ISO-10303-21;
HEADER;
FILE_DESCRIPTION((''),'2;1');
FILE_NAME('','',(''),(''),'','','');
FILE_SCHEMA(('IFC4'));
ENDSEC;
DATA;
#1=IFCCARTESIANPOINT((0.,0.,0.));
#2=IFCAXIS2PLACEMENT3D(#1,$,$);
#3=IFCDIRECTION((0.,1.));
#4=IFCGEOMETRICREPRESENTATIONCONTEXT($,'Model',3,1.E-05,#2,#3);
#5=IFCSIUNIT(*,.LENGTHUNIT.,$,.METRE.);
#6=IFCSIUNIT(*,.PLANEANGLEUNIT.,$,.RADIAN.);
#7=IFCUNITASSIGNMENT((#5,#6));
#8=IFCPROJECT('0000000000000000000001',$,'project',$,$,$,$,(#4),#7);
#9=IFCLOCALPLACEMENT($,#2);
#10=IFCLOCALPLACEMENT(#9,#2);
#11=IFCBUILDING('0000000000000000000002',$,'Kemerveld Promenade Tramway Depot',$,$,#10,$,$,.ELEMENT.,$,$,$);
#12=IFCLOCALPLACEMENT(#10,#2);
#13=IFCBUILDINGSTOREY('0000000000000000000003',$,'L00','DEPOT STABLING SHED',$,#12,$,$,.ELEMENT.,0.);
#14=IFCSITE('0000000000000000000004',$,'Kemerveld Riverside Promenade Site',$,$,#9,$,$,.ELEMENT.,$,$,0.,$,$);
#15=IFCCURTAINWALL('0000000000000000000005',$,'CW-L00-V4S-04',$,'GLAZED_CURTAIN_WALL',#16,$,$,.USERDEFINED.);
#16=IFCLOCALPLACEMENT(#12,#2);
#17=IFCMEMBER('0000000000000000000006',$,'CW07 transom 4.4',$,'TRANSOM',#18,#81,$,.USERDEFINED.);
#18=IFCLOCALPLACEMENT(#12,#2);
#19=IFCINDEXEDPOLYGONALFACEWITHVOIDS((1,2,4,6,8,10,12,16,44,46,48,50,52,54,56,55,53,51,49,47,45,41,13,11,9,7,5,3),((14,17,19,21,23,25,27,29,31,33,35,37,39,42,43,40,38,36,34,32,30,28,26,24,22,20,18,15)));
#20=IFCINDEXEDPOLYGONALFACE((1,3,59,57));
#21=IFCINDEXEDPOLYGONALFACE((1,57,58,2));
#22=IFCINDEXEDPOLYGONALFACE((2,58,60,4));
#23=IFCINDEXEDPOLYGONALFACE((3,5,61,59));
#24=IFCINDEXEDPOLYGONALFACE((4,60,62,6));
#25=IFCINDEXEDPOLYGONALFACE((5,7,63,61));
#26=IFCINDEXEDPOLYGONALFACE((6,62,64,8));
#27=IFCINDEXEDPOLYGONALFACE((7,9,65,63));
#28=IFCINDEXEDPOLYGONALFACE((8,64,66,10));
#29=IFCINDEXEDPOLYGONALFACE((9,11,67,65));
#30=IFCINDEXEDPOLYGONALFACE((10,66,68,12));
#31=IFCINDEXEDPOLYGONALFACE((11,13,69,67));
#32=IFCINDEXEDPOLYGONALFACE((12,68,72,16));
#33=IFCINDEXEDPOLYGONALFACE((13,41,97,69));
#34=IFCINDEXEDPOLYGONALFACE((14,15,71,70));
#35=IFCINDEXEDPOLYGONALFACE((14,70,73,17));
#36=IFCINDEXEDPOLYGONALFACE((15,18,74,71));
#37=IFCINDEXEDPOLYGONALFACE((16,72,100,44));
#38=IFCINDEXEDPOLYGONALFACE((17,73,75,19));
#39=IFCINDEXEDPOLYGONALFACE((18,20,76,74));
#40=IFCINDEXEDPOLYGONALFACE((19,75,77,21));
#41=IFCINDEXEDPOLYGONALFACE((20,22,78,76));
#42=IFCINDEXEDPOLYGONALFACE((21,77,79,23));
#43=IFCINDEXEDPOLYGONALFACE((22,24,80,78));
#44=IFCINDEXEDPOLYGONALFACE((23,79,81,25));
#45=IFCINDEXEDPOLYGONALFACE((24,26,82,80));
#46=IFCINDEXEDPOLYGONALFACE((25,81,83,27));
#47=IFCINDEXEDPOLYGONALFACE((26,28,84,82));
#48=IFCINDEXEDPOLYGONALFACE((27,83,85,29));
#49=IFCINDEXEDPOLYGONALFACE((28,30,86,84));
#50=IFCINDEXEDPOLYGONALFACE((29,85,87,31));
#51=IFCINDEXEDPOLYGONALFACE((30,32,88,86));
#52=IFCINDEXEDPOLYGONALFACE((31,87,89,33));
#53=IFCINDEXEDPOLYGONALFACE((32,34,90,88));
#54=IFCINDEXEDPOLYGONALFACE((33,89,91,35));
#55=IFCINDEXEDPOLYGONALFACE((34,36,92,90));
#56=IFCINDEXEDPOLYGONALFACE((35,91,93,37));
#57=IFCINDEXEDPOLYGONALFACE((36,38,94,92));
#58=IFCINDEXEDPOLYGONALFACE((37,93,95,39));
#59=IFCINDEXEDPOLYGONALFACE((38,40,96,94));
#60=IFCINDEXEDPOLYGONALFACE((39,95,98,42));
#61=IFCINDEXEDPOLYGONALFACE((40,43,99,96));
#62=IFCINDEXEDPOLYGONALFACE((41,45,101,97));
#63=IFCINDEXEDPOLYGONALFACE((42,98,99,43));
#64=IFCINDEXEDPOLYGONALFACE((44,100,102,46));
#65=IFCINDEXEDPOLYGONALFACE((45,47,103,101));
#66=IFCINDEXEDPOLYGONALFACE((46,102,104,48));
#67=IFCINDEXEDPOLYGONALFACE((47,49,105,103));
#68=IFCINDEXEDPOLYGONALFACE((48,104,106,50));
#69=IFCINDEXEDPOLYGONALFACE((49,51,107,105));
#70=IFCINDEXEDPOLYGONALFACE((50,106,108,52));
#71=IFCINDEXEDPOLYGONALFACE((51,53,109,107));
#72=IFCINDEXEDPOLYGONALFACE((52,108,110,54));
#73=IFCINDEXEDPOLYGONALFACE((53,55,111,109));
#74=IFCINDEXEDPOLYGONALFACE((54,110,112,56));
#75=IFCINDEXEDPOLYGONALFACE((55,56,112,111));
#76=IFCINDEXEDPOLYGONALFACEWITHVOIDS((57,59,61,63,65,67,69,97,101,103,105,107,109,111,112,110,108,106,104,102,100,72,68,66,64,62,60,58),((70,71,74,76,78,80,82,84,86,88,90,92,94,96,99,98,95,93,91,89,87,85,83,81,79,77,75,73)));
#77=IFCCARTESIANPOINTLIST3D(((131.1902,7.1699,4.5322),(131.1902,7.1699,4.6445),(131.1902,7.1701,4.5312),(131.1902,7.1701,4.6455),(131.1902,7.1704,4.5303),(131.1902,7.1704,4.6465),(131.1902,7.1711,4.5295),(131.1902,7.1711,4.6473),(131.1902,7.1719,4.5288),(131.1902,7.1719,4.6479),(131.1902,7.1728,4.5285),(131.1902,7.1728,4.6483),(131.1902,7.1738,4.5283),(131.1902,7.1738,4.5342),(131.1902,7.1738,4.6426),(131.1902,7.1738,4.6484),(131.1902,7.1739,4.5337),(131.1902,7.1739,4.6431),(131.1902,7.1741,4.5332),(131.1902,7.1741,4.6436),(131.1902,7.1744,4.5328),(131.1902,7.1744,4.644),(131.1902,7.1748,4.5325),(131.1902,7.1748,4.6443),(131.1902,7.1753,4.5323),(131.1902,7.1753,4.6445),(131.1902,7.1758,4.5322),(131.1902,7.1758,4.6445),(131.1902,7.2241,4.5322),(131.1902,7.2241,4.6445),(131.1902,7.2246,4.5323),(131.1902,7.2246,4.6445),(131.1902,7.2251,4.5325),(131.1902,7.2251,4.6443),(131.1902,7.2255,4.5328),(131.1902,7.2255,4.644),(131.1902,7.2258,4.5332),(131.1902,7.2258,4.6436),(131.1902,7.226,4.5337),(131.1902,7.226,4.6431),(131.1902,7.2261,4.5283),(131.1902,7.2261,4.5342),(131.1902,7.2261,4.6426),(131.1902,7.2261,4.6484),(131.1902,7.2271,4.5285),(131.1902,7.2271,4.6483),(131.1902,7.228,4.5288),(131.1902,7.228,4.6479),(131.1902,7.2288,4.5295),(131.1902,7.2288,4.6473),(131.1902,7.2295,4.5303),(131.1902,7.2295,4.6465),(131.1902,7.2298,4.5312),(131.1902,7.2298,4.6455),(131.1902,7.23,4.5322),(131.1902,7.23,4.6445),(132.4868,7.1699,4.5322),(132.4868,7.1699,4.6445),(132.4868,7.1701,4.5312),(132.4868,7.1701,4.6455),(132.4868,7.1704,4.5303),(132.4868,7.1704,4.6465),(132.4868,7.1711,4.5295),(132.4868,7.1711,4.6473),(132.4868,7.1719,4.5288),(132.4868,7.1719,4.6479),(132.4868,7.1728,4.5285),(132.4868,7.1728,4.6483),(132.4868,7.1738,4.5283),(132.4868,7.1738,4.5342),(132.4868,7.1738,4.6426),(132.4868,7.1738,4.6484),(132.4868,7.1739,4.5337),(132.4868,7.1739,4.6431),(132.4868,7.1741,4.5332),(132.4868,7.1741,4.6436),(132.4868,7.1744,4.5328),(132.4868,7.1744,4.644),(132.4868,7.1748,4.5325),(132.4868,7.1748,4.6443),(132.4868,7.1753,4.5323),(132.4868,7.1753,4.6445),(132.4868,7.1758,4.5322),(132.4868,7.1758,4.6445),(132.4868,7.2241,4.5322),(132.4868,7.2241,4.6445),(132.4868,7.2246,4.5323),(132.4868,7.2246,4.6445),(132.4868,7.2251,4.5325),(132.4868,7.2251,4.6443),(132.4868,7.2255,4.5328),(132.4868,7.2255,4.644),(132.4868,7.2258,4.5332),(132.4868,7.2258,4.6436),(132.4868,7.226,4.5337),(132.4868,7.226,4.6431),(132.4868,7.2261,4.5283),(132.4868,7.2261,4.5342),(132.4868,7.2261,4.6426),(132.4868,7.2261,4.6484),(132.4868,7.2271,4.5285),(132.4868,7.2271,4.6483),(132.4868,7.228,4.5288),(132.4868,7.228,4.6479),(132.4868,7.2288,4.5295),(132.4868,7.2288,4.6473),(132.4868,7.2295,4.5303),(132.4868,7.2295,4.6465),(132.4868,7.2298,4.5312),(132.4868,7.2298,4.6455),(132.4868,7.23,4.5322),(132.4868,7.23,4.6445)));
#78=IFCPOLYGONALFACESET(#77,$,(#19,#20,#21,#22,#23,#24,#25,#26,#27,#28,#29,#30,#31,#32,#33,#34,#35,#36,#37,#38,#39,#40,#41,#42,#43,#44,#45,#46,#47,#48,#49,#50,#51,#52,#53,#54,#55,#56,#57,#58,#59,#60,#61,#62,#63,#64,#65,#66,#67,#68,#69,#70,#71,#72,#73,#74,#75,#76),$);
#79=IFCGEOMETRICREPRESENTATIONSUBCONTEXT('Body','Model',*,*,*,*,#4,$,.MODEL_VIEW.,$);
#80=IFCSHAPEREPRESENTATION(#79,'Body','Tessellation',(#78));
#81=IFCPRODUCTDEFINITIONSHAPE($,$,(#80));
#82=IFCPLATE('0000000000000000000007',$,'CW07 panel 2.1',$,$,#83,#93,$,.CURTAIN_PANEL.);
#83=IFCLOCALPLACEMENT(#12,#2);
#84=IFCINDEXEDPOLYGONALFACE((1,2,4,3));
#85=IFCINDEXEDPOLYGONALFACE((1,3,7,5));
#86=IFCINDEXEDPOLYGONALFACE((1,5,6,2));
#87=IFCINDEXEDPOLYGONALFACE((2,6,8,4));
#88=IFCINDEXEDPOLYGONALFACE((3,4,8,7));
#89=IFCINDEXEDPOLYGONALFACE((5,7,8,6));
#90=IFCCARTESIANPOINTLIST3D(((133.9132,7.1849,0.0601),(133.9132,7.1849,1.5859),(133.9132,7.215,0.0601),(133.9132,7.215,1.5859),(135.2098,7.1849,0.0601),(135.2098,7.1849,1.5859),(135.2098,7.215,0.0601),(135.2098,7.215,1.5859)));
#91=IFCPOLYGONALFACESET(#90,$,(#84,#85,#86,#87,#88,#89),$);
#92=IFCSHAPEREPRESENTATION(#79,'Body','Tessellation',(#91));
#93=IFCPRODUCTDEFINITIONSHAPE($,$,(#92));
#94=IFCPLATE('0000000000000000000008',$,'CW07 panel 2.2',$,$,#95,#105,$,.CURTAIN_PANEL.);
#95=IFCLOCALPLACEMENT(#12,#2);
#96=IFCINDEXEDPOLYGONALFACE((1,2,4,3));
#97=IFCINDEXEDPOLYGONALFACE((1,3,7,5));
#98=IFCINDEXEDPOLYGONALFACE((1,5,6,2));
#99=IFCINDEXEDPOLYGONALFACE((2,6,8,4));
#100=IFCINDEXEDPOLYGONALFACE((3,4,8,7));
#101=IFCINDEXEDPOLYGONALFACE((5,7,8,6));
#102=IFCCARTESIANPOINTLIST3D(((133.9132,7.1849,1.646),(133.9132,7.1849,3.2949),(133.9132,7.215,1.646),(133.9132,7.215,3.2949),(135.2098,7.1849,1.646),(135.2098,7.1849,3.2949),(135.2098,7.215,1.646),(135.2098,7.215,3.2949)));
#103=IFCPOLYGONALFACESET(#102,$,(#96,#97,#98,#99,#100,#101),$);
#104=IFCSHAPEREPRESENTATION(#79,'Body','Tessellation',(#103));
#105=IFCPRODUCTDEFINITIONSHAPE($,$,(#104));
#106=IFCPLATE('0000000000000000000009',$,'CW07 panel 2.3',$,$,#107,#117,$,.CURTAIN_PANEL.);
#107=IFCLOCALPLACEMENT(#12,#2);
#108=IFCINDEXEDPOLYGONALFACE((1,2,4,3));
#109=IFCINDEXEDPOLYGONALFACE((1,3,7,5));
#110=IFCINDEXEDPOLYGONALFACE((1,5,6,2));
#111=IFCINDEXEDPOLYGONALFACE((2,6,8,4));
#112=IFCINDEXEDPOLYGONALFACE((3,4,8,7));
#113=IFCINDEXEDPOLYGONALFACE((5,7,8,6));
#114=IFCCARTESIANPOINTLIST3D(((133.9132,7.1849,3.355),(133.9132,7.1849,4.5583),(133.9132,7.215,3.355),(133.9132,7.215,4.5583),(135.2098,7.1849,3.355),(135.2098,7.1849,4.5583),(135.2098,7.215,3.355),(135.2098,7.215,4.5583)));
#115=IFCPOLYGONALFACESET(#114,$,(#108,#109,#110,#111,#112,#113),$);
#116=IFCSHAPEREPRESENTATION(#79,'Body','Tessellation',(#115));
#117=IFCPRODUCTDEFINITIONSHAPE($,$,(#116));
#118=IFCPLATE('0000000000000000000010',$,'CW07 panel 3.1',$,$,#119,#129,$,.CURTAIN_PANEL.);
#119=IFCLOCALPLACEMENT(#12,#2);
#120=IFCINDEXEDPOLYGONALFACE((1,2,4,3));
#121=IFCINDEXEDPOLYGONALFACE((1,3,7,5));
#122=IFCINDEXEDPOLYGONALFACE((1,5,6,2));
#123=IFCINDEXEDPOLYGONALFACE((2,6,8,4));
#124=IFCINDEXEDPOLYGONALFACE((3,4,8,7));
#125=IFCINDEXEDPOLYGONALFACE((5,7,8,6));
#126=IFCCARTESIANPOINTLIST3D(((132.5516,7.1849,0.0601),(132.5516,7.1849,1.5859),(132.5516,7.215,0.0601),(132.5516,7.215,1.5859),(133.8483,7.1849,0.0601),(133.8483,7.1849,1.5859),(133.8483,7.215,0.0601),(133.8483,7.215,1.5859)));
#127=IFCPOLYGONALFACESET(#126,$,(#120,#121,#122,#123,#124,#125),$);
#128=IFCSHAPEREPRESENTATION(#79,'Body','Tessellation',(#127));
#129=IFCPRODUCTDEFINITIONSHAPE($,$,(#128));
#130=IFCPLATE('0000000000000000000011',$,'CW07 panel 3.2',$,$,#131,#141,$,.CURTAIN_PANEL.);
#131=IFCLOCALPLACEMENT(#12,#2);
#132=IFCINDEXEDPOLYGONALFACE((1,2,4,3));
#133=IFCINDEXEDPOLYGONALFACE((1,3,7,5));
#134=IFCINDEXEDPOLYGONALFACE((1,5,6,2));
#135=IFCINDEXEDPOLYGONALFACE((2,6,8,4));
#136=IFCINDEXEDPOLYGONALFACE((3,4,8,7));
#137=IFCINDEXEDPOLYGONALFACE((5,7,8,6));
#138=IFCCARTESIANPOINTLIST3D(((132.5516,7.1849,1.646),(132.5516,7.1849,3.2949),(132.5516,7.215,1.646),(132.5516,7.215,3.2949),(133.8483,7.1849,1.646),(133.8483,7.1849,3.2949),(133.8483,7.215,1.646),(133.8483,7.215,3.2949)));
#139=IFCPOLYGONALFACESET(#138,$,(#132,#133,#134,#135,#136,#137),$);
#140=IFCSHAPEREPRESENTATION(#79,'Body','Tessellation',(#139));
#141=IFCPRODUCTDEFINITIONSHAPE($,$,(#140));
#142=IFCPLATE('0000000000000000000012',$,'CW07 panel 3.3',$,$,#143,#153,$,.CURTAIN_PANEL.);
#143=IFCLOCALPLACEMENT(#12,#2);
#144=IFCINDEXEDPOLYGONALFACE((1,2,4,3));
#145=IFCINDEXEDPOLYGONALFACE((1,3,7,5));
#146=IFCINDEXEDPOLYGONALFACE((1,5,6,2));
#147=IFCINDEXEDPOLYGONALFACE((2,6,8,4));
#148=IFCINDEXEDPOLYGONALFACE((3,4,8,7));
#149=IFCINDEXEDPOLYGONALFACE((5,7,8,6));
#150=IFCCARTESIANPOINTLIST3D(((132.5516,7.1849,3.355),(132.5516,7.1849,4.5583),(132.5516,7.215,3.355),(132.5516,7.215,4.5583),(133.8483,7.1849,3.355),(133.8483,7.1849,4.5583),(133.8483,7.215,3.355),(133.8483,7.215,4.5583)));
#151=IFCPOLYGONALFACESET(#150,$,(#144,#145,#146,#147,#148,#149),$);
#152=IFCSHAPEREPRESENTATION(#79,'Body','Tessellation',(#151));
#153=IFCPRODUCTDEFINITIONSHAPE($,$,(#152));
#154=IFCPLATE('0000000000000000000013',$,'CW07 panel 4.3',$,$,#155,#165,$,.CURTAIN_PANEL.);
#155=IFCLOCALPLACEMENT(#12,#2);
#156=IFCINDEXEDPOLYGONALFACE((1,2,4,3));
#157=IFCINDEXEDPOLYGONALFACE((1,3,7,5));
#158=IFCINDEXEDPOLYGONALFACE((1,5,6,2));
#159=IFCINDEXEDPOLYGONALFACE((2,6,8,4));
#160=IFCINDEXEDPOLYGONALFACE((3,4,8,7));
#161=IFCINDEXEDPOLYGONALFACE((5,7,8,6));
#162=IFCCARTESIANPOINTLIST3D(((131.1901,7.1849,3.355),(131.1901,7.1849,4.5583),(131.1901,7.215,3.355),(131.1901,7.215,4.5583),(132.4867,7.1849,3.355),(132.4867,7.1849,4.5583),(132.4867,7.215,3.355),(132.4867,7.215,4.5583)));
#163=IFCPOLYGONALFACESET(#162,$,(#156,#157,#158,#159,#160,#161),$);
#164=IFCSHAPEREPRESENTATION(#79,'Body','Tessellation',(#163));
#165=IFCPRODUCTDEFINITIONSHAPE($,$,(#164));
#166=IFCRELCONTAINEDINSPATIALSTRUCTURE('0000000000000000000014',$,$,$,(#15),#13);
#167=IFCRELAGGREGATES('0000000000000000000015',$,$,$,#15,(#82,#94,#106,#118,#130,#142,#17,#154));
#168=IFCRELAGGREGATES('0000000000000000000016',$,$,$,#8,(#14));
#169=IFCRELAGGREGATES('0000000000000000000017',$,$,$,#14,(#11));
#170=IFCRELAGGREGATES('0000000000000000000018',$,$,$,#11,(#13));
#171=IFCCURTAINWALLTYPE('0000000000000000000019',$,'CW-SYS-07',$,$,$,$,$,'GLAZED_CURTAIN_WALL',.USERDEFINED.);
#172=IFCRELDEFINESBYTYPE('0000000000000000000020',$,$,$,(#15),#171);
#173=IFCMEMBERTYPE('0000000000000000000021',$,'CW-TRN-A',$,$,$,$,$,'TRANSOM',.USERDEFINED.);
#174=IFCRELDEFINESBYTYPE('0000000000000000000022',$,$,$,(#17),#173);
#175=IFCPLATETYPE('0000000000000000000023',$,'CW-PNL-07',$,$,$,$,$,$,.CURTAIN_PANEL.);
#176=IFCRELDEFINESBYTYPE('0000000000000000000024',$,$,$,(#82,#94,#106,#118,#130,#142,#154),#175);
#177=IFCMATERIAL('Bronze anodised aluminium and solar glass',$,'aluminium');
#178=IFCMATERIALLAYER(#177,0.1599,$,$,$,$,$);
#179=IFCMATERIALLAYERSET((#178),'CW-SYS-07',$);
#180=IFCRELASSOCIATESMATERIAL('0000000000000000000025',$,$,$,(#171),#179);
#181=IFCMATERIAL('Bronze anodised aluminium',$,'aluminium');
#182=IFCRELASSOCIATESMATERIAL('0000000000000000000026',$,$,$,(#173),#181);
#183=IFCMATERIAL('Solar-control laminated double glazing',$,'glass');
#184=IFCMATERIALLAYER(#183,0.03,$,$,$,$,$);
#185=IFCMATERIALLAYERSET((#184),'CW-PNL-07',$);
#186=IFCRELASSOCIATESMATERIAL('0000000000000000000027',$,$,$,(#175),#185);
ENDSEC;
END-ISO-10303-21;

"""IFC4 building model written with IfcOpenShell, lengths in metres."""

from ifc_helpers import new_model, si_unit, direction, frame, origin, origin_2d, place, context, subcontext, project, spatial, rectangle, hollow_rectangle, extrude, material, layer, layer_set, material_profile, profile_set, type_object, element, aggregate, save


model = new_model("IFC4")

# Units and contexts
model_context = context("Model", 3, precision=1e-05, world=origin(), true_north=direction((0.0, 1.0)))
body_context = subcontext(model_context, "Body", "Model", "MODEL_VIEW")
ifc_project = project(units=[si_unit("LENGTHUNIT", "METRE"), si_unit("PLANEANGLEUNIT", "RADIAN")], contexts=[model_context])

# Site, building, storey
site_placement = place(None, origin())
site = spatial("IfcSite", under=ifc_project, at=site_placement, Name="Kemerveld Riverside Promenade Site", CompositionType="ELEMENT", RefElevation=0.0)
building_placement = place(site_placement, origin())
building = spatial("IfcBuilding", under=site, at=building_placement, Name="Kemerveld Promenade Tramway Depot", CompositionType="ELEMENT")
storey_placement = place(building_placement, origin())
storey = spatial("IfcBuildingStorey", under=building, at=storey_placement, Name="L00", Description="DEPOT STABLING SHED", CompositionType="ELEMENT", Elevation=0.0)

# Curtain wall, member, plates
ifc_material_1 = material(Name="Bronze anodised aluminium and solar glass", Category="aluminium")
ifc_layer_1 = layer(ifc_material_1, 0.1599)
ifc_layer_set_1 = layer_set([ifc_layer_1], Name="CW-SYS-07")
curtain_wall_type = type_object("IfcCurtainWallType", Name="CW-SYS-07", ElementType="GLAZED_CURTAIN_WALL", PredefinedType="USERDEFINED", material=ifc_layer_set_1)
curtain_wall_placement = place(storey_placement, origin())
curtain_wall = element("IfcCurtainWall", 1, at=curtain_wall_placement, inside=storey, type_object=curtain_wall_type, Name="CW-L00-V4S-04", ObjectType="GLAZED_CURTAIN_WALL", PredefinedType="USERDEFINED")
ifc_material_2 = material(Name="Bronze anodised aluminium", Category="aluminium")
ifc_material_profile_1 = material_profile(ifc_material_2, hollow_rectangle(XDim=0.0601, YDim=0.1201, WallThickness=0.0039, InnerFilletRadius=0.002, OuterFilletRadius=0.0039, at=origin_2d()), Name="CW-TRN-120x60")
ifc_profile_set_1 = profile_set([ifc_material_profile_1], Name="Bronze anodised aluminium")
member_type_1 = type_object("IfcMemberType", Name="CW-TRN-A", ElementType="TRANSOM", PredefinedType="USERDEFINED", material=ifc_profile_set_1)
member_1_placement = place(storey_placement, frame((132.4868, 7.2, 4.5884), z_axis=(-1.0, 0.0, 0.0), x_axis=(0.0, -1.0, 0.0)))
member_1 = element("IfcMember", 2, at=member_1_placement, type_object=member_type_1, Name="CW07 transom 4.4", ObjectType="TRANSOM", PredefinedType="USERDEFINED", context=body_context, shape_type="SweptSolid", body=[
    extrude(hollow_rectangle(XDim=0.0601, YDim=0.1201, WallThickness=0.0039, InnerFilletRadius=0.002, OuterFilletRadius=0.0039, at=origin_2d()), origin(), (0.0, 0.0, 1.0), 1.2966),
])
ifc_material_3 = material(Name="Solar-control laminated double glazing", Category="glass")
ifc_layer_2 = layer(ifc_material_3, 0.03)
ifc_layer_set_2 = layer_set([ifc_layer_2], Name="CW-PNL-07")
plate_type = type_object("IfcPlateType", Name="CW-PNL-07", PredefinedType="CURTAIN_PANEL", material=ifc_layer_set_2)
plate_1_placement = place(storey_placement, frame((134.5615, 7.2, 0.0601), z_axis=(0.0, 0.0, 1.0), x_axis=(-1.0, 0.0, 0.0)))
plate_1 = element("IfcPlate", 3, at=plate_1_placement, type_object=plate_type, Name="CW07 panel 2.1", PredefinedType="CURTAIN_PANEL", context=body_context, shape_type="SweptSolid", body=[
    extrude(rectangle(XDim=1.2966, YDim=0.03, at=origin_2d()), origin(), (0.0, 0.0, 1.0), 1.5259),
])
plate_2_placement = place(storey_placement, frame((134.5615, 7.2, 1.646), z_axis=(0.0, 0.0, 1.0), x_axis=(-1.0, 0.0, 0.0)))
plate_2 = element("IfcPlate", 4, at=plate_2_placement, type_object=plate_type, Name="CW07 panel 2.2", PredefinedType="CURTAIN_PANEL", context=body_context, shape_type="SweptSolid", body=[
    extrude(rectangle(XDim=1.2966, YDim=0.03, at=origin_2d()), origin(), (0.0, 0.0, 1.0), 1.6489),
])
plate_3_placement = place(storey_placement, frame((134.5615, 7.2, 3.355), z_axis=(0.0, 0.0, 1.0), x_axis=(-1.0, 0.0, 0.0)))
plate_3 = element("IfcPlate", 5, at=plate_3_placement, type_object=plate_type, Name="CW07 panel 2.3", PredefinedType="CURTAIN_PANEL", context=body_context, shape_type="SweptSolid", body=[
    extrude(rectangle(XDim=1.2966, YDim=0.03, at=origin_2d()), origin(), (0.0, 0.0, 1.0), 1.2034),
])
plate_4_placement = place(storey_placement, frame((133.2, 7.2, 0.0601), z_axis=(0.0, 0.0, 1.0), x_axis=(-1.0, 0.0, 0.0)))
plate_4 = element("IfcPlate", 6, at=plate_4_placement, type_object=plate_type, Name="CW07 panel 3.1", PredefinedType="CURTAIN_PANEL", context=body_context, shape_type="SweptSolid", body=[
    extrude(rectangle(XDim=1.2966, YDim=0.03, at=origin_2d()), origin(), (0.0, 0.0, 1.0), 1.5259),
])
plate_5_placement = place(storey_placement, frame((133.2, 7.2, 1.646), z_axis=(0.0, 0.0, 1.0), x_axis=(-1.0, 0.0, 0.0)))
plate_5 = element("IfcPlate", 7, at=plate_5_placement, type_object=plate_type, Name="CW07 panel 3.2", PredefinedType="CURTAIN_PANEL", context=body_context, shape_type="SweptSolid", body=[
    extrude(rectangle(XDim=1.2966, YDim=0.03, at=origin_2d()), origin(), (0.0, 0.0, 1.0), 1.6489),
])
plate_6_placement = place(storey_placement, frame((133.2, 7.2, 3.355), z_axis=(0.0, 0.0, 1.0), x_axis=(-1.0, 0.0, 0.0)))
plate_6 = element("IfcPlate", 8, at=plate_6_placement, type_object=plate_type, Name="CW07 panel 3.3", PredefinedType="CURTAIN_PANEL", context=body_context, shape_type="SweptSolid", body=[
    extrude(rectangle(XDim=1.2966, YDim=0.03, at=origin_2d()), origin(), (0.0, 0.0, 1.0), 1.2034),
])
plate_7_placement = place(storey_placement, frame((131.8384, 7.2, 3.355), z_axis=(0.0, 0.0, 1.0), x_axis=(-1.0, 0.0, 0.0)))
plate_7 = element("IfcPlate", 9, at=plate_7_placement, type_object=plate_type, Name="CW07 panel 4.3", PredefinedType="CURTAIN_PANEL", context=body_context, shape_type="SweptSolid", body=[
    extrude(rectangle(XDim=1.2966, YDim=0.03, at=origin_2d()), origin(), (0.0, 0.0, 1.0), 1.2034),
])
aggregate(curtain_wall, [plate_1, plate_2, plate_3, plate_4, plate_5, plate_6, member_1, plate_7])

save(model, "model.ifc")
